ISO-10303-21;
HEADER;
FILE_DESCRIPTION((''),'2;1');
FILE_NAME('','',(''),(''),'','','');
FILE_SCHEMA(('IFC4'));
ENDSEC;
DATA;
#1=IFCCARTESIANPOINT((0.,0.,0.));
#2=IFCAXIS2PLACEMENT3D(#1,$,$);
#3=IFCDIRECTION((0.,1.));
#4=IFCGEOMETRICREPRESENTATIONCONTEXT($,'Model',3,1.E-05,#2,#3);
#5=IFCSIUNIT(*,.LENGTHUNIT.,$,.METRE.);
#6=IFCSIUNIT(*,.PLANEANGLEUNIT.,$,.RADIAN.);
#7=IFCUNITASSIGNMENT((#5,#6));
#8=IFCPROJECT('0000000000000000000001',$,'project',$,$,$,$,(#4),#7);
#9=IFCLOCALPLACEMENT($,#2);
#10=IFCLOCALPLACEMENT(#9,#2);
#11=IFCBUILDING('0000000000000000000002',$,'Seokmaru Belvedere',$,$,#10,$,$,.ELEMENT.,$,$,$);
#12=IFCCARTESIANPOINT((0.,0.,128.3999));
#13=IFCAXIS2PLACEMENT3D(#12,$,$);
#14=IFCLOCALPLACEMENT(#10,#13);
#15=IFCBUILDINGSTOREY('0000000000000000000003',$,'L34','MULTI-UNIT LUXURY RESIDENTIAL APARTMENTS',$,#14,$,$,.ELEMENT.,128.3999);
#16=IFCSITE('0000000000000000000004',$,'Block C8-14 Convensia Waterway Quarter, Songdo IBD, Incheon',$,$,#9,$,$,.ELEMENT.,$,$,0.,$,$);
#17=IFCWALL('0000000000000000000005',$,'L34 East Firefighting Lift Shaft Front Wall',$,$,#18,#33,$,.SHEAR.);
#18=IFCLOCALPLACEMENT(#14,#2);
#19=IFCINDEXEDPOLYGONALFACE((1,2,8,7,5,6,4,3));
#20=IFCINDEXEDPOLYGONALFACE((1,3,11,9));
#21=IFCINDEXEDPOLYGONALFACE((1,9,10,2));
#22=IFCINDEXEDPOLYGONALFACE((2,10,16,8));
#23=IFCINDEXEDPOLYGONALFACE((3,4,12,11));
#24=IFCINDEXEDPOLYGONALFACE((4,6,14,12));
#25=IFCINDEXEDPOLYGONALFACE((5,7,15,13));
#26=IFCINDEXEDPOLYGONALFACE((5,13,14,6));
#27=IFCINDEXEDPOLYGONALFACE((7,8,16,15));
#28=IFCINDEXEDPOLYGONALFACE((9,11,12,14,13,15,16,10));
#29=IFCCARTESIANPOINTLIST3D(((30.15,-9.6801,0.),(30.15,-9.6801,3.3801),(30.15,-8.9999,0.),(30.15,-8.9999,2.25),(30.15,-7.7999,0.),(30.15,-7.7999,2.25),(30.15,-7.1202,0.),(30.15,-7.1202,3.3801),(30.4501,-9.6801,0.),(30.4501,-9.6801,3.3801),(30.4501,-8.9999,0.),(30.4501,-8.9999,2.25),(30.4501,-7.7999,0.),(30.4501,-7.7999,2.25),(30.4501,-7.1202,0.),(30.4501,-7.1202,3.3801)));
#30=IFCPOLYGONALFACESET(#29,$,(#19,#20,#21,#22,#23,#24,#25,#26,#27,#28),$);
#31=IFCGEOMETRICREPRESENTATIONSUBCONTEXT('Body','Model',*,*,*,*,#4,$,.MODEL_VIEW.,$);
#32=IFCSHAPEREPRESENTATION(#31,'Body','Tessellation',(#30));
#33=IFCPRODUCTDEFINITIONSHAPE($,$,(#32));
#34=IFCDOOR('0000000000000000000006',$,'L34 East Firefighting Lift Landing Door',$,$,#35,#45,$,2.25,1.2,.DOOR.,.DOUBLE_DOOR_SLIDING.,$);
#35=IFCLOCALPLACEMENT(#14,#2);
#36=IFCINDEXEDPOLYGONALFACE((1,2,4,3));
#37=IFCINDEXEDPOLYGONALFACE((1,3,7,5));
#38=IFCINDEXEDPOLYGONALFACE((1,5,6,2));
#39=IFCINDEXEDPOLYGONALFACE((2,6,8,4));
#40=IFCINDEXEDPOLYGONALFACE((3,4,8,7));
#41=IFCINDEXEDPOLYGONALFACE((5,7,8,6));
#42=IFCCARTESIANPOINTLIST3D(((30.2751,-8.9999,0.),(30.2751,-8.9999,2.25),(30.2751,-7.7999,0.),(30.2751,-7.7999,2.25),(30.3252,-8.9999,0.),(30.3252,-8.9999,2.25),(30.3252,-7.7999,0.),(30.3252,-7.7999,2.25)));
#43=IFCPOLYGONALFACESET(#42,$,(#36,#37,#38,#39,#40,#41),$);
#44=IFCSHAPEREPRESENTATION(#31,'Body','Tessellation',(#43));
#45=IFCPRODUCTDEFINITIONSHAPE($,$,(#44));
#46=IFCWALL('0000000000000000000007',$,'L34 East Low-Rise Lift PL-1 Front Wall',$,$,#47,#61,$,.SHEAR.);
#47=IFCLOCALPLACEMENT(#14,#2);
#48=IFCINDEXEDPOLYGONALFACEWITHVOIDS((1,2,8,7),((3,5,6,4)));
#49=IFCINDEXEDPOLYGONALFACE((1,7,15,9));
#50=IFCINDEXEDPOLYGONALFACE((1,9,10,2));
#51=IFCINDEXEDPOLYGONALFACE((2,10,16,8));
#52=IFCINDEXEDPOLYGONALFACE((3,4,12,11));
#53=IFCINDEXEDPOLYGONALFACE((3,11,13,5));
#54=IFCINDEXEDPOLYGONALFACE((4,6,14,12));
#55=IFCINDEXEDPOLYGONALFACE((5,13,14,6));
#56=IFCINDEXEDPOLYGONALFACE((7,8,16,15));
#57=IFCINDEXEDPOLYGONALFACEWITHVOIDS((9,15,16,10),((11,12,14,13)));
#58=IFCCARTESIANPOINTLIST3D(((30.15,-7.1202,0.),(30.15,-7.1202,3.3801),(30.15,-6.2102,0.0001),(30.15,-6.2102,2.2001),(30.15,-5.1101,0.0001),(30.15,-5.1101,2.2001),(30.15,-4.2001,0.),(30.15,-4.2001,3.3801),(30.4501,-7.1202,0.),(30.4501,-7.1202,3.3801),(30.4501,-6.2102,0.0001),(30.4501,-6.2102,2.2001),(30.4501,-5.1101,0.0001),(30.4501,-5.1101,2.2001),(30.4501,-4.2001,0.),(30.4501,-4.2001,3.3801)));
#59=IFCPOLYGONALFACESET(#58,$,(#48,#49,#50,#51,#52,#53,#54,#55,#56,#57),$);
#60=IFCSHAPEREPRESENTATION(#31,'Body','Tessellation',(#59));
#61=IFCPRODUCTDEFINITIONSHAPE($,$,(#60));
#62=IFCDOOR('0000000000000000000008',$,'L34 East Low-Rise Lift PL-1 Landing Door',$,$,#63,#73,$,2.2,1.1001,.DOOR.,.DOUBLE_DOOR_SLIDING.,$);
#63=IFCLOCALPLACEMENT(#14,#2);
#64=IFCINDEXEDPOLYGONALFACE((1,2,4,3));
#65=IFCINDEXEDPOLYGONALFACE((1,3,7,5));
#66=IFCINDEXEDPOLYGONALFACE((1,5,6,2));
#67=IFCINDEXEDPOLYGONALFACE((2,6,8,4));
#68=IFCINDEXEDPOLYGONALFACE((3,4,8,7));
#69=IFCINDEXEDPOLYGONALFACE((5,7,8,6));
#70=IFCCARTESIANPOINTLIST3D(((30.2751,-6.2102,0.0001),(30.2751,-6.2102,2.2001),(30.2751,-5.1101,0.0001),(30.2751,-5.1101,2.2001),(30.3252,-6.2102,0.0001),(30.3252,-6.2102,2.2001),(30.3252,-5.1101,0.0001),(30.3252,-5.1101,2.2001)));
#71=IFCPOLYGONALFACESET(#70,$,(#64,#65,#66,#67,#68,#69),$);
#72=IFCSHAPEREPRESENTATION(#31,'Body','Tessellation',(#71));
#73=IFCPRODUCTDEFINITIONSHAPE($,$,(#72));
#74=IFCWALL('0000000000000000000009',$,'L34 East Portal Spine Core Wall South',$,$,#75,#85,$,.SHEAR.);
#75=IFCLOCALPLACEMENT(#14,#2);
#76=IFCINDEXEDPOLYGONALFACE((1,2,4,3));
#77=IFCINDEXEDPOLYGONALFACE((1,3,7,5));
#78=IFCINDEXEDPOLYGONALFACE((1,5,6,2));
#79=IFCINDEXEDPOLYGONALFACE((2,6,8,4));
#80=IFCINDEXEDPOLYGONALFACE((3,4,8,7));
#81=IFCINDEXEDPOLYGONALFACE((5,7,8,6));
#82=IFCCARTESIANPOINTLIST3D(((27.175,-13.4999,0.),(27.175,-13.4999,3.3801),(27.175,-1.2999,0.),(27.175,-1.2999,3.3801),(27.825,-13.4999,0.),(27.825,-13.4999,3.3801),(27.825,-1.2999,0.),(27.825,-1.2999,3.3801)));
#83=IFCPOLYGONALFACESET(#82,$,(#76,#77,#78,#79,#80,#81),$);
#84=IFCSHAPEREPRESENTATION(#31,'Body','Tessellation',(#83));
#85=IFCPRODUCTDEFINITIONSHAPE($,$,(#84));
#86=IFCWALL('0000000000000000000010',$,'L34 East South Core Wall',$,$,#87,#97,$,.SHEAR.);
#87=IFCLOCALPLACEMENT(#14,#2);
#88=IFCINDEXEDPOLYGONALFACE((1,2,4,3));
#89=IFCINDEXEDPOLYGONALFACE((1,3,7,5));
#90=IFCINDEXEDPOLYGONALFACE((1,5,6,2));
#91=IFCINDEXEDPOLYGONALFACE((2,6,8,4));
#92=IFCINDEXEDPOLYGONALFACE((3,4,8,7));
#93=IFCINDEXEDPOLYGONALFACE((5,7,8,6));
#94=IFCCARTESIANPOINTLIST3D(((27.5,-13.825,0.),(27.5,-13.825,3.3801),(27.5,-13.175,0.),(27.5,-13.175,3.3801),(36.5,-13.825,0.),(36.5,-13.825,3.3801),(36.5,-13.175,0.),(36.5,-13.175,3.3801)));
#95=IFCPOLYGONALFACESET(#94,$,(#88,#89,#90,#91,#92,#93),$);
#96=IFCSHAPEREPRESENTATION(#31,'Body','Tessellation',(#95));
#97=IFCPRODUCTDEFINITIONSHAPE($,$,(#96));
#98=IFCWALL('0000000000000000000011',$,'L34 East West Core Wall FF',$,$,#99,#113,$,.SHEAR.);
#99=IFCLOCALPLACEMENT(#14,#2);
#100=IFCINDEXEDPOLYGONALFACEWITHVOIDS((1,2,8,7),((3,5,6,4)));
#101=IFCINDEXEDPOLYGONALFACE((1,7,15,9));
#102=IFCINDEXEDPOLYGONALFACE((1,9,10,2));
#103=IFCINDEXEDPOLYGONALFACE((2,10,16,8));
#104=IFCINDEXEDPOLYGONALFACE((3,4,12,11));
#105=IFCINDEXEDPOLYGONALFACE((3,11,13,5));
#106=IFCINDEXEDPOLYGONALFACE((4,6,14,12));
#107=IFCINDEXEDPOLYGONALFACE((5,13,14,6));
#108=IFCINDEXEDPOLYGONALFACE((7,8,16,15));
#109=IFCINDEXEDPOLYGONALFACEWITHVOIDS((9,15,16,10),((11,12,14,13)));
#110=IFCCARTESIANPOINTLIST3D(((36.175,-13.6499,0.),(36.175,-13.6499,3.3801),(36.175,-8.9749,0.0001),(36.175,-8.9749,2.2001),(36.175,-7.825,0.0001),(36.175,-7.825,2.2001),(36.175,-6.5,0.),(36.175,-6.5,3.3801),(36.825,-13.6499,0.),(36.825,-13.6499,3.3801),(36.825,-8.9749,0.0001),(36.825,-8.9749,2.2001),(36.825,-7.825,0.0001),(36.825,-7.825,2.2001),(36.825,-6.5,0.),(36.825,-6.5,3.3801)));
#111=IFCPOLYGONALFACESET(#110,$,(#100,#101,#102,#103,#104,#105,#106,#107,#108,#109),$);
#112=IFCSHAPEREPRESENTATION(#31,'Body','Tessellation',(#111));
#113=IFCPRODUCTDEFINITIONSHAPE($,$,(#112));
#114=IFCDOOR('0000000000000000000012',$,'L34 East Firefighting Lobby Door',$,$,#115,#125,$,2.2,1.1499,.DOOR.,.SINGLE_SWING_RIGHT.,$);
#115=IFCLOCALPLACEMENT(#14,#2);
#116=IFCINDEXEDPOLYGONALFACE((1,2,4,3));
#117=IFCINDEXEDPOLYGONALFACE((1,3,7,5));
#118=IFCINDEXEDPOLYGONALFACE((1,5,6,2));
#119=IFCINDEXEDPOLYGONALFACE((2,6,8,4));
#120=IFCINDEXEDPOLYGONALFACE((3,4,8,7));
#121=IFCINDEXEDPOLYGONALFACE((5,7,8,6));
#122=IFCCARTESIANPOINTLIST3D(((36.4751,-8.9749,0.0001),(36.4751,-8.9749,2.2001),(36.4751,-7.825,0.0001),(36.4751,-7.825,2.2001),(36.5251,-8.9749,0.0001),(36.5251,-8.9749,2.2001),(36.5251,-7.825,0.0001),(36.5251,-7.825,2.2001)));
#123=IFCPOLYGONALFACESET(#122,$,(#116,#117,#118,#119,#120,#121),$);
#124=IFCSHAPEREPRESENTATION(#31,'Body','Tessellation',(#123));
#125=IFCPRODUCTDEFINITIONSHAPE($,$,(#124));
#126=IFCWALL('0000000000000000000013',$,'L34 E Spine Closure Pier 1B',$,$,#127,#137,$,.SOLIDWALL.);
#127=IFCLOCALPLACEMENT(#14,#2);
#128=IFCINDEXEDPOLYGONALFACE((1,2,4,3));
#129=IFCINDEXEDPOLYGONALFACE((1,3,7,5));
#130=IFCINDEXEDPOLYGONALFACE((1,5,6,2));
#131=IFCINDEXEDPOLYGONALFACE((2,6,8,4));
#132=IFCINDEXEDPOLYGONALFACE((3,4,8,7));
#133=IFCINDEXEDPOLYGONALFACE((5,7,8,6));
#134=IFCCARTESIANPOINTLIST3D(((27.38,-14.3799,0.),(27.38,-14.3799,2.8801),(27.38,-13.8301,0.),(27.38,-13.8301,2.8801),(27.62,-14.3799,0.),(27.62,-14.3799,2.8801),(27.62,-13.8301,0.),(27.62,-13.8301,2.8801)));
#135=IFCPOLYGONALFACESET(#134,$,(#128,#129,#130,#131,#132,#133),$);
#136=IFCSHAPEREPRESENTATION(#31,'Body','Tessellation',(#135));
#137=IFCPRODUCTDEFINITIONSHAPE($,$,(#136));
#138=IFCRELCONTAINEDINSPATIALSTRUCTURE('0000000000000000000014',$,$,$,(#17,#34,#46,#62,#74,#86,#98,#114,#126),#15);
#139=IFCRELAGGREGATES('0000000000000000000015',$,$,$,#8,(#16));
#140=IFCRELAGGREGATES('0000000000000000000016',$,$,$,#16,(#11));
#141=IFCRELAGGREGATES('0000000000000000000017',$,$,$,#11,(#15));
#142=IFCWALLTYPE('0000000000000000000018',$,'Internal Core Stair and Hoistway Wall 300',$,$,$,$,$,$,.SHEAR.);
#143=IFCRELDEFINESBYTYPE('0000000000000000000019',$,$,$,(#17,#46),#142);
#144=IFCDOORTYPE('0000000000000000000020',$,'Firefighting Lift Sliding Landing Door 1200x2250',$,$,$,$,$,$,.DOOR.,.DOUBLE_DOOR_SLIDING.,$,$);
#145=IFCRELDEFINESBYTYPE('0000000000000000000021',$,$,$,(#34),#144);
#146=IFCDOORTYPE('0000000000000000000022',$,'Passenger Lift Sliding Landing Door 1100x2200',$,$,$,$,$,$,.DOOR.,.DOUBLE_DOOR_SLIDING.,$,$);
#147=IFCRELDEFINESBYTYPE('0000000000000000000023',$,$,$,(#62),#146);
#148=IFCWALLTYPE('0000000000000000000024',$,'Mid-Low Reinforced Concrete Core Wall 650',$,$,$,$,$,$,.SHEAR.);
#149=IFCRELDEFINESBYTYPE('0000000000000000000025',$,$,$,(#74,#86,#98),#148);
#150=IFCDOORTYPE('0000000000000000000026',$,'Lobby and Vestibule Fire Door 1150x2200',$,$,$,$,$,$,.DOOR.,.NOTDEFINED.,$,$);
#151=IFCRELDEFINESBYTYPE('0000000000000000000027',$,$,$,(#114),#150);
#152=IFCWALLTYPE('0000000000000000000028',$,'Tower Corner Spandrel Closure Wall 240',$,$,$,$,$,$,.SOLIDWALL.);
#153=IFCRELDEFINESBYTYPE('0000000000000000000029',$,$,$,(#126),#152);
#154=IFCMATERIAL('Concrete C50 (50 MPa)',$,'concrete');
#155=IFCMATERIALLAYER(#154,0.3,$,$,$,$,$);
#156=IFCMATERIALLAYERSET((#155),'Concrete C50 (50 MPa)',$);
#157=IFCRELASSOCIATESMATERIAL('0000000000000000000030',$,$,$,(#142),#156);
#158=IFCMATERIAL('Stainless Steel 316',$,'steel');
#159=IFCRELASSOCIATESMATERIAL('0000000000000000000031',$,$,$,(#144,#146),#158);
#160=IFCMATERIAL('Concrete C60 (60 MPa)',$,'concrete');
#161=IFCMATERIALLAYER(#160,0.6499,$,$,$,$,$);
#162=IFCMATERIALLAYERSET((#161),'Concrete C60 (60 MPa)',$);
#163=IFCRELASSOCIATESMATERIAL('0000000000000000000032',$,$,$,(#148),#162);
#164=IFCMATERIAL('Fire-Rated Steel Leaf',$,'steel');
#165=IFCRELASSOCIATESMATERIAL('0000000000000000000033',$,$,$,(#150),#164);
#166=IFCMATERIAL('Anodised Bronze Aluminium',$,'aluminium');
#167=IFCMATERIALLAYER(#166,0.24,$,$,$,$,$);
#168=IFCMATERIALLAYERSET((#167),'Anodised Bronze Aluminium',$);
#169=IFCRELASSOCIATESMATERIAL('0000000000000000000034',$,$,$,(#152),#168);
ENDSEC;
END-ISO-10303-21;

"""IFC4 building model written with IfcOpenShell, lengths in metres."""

from ifc_helpers import new_model, si_unit, direction, frame, frame_2d, origin, place, context, subcontext, project, spatial, rectangle, extrude, source, transform, mapped, material, layer, layer_set, type_object, type_shapes, element, fill, save


model = new_model("IFC4")

# Units and contexts
model_context = context("Model", 3, precision=1e-05, world=origin(), true_north=direction((0.0, 1.0)))
body_context = subcontext(model_context, "Body", "Model", "MODEL_VIEW")
ifc_project = project(units=[si_unit("LENGTHUNIT", "METRE"), si_unit("PLANEANGLEUNIT", "RADIAN")], contexts=[model_context])

# Site, building, storey
site_placement = place(None, origin())
site = spatial("IfcSite", under=ifc_project, at=site_placement, Name="Block C8-14 Convensia Waterway Quarter, Songdo IBD, Incheon", CompositionType="ELEMENT", RefElevation=0.0)
building_placement = place(site_placement, origin())
building = spatial("IfcBuilding", under=site, at=building_placement, Name="Seokmaru Belvedere", CompositionType="ELEMENT")
storey_placement = place(building_placement, frame((0.0, 0.0, 128.3999)))
storey = spatial("IfcBuildingStorey", under=building, at=storey_placement, Name="L34", Description="MULTI-UNIT LUXURY RESIDENTIAL APARTMENTS", CompositionType="ELEMENT", Elevation=128.3999)

# Shared definitions
ifc_material_1 = material(Name="Anodised Bronze Aluminium", Category="aluminium")

# Shared definitions
ifc_material_2 = material(Name="Concrete C50 (50 MPa)", Category="concrete")

# Walls, openings, doors
ifc_layer_1 = layer(ifc_material_2, 0.3)
ifc_layer_set_1 = layer_set([ifc_layer_1], Name="Concrete C50 (50 MPa)")
wall_type_1 = type_object("IfcWallType", Name="Internal Core Stair and Hoistway Wall 300", PredefinedType="SHEAR", material=ifc_layer_set_1)
ifc_material_3 = material(Name="Fire-Rated Steel Leaf", Category="steel")
wall_1_placement = place(storey_placement, frame((30.3, -9.6799, 0.0), z_axis=(0.0, 0.0, 1.0), x_axis=(0.0, 1.0, 0.0)))
wall_1 = element("IfcWall", 1, at=wall_1_placement, inside=storey, type_object=wall_type_1, Name="L34 East Firefighting Lift Shaft Front Wall", PredefinedType="SHEAR", context=body_context, shape_type="SweptSolid", body=[
    extrude(rectangle(XDim=2.5598, YDim=0.3, at=frame_2d((1.2798, 0.0))), origin(), (0.0, 0.0, 1.0), 3.3801),
])
opening_1_placement = place(wall_1_placement, frame((0.6799, 0.0, 0.0)))
opening_1 = element("IfcOpeningElement", 2, at=opening_1_placement, cuts=wall_1, PredefinedType="OPENING", context=body_context, shape_type="SweptSolid", body=[
    extrude(rectangle(XDim=1.2, YDim=2.25, at=frame_2d((0.6001, 1.125))), frame((0.0, 0.1602, 0.0), z_axis=(0.0, -1.0, 0.0), x_axis=(1.0, 0.0, 0.0)), (0.0, 0.0, 1.0), 0.3201),
])
ifc_material_4 = material(Name="Stainless Steel 316", Category="steel")
door_type_1 = type_object("IfcDoorType", Name="Firefighting Lift Sliding Landing Door 1200x2250", OperationType="DOUBLE_DOOR_SLIDING", PredefinedType="DOOR", material=ifc_material_4)
shared_shape_1 = source(origin(), body_context, "Body", "SweptSolid", [
    extrude(rectangle(XDim=1.2, YDim=2.25, at=frame_2d((0.6001, 1.125))), frame((0.0, 0.0249, 0.0), z_axis=(0.0, -1.0, 0.0), x_axis=(1.0, 0.0, 0.0)), (0.0, 0.0, 1.0), 0.05),
])
type_shapes(door_type_1, [shared_shape_1])
door_1_placement = place(opening_1_placement, origin())
door_1 = element("IfcDoor", 3, at=door_1_placement, inside=storey, type_object=door_type_1, Name="L34 East Firefighting Lift Landing Door", OperationType="DOUBLE_DOOR_SLIDING", OverallHeight=2.25, OverallWidth=1.2, PredefinedType="DOOR", context=body_context, shape_type="MappedRepresentation", body=[
    mapped(shared_shape_1, transform((0.0, 0.0, 0.0), scale=1.0)),
])
fill(opening_1, door_1)
wall_2_placement = place(storey_placement, frame((30.3, -7.1201, 0.0), z_axis=(0.0, 0.0, 1.0), x_axis=(0.0, 1.0, 0.0)))
wall_2 = element("IfcWall", 4, at=wall_2_placement, inside=storey, type_object=wall_type_1, Name="L34 East Low-Rise Lift PL-1 Front Wall", PredefinedType="SHEAR", context=body_context, shape_type="SweptSolid", body=[
    extrude(rectangle(XDim=2.9202, YDim=0.3, at=frame_2d((1.46, 0.0))), origin(), (0.0, 0.0, 1.0), 3.3801),
])
opening_2_placement = place(wall_2_placement, frame((0.9099, 0.0, 0.0)))
opening_2 = element("IfcOpeningElement", 5, at=opening_2_placement, cuts=wall_2, PredefinedType="OPENING", context=body_context, shape_type="SweptSolid", body=[
    extrude(rectangle(XDim=1.1001, YDim=2.2, at=frame_2d((0.55, 1.1001))), frame((0.0, 0.1602, 0.0), z_axis=(0.0, -1.0, 0.0), x_axis=(1.0, 0.0, 0.0)), (0.0, 0.0, 1.0), 0.3201),
])
door_type_2 = type_object("IfcDoorType", Name="Passenger Lift Sliding Landing Door 1100x2200", OperationType="DOUBLE_DOOR_SLIDING", PredefinedType="DOOR", material=ifc_material_4)
shared_shape_2 = source(origin(), body_context, "Body", "SweptSolid", [
    extrude(rectangle(XDim=1.1001, YDim=2.2, at=frame_2d((0.55, 1.1001))), frame((0.0, 0.0249, 0.0), z_axis=(0.0, -1.0, 0.0), x_axis=(1.0, 0.0, 0.0)), (0.0, 0.0, 1.0), 0.05),
])
type_shapes(door_type_2, [shared_shape_2])
door_2_placement = place(opening_2_placement, origin())
door_2 = element("IfcDoor", 6, at=door_2_placement, inside=storey, type_object=door_type_2, Name="L34 East Low-Rise Lift PL-1 Landing Door", OperationType="DOUBLE_DOOR_SLIDING", OverallHeight=2.2, OverallWidth=1.1001, PredefinedType="DOOR", context=body_context, shape_type="MappedRepresentation", body=[
    mapped(shared_shape_2, transform((0.0, 0.0, 0.0), scale=1.0)),
])
fill(opening_2, door_2)

# Walls
ifc_material_5 = material(Name="Concrete C60 (60 MPa)", Category="concrete")
ifc_layer_2 = layer(ifc_material_5, 0.6499)
ifc_layer_set_2 = layer_set([ifc_layer_2], Name="Concrete C60 (60 MPa)")
wall_type_2 = type_object("IfcWallType", Name="Mid-Low Reinforced Concrete Core Wall 650", PredefinedType="SHEAR", material=ifc_layer_set_2)
wall_3_placement = place(storey_placement, frame((27.5, -13.5, 0.0), z_axis=(0.0, 0.0, 1.0), x_axis=(0.0, 1.0, 0.0)))
element("IfcWall", 7, at=wall_3_placement, inside=storey, type_object=wall_type_2, Name="L34 East Portal Spine Core Wall South", PredefinedType="SHEAR", context=body_context, shape_type="SweptSolid", body=[
    extrude(rectangle(XDim=12.2, YDim=0.6499, at=frame_2d((6.1001, 0.0))), origin(), (0.0, 0.0, 1.0), 3.3801),
])
wall_4_placement = place(storey_placement, frame((27.5, -13.5, 0.0), z_axis=(0.0, 0.0, 1.0), x_axis=(1.0, 0.0, 0.0)))
element("IfcWall", 8, at=wall_4_placement, inside=storey, type_object=wall_type_2, Name="L34 East South Core Wall", PredefinedType="SHEAR", context=body_context, shape_type="SweptSolid", body=[
    extrude(rectangle(XDim=9.0, YDim=0.6499, at=frame_2d((4.5, 0.0))), origin(), (0.0, 0.0, 1.0), 3.3801),
])

# Wall, opening, door
wall_5_placement = place(storey_placement, frame((36.5, -13.6499, 0.0), z_axis=(0.0, 0.0, 1.0), x_axis=(0.0, 1.0, 0.0)))
wall_5 = element("IfcWall", 9, at=wall_5_placement, inside=storey, type_object=wall_type_2, Name="L34 East West Core Wall FF", PredefinedType="SHEAR", context=body_context, shape_type="SweptSolid", body=[
    extrude(rectangle(XDim=7.1499, YDim=0.6499, at=frame_2d((3.575, 0.0))), origin(), (0.0, 0.0, 1.0), 3.3801),
])
opening_3_placement = place(wall_5_placement, frame((4.675, 0.0, 0.0)))
opening_3 = element("IfcOpeningElement", 10, at=opening_3_placement, cuts=wall_5, PredefinedType="OPENING", context=body_context, shape_type="SweptSolid", body=[
    extrude(rectangle(XDim=1.1499, YDim=2.2, at=frame_2d((0.575, 1.1001))), frame((0.0, 0.335, 0.0), z_axis=(0.0, -1.0, 0.0), x_axis=(1.0, 0.0, 0.0)), (0.0, 0.0, 1.0), 0.6699),
])
door_type_3 = type_object("IfcDoorType", Name="Lobby and Vestibule Fire Door 1150x2200", OperationType="NOTDEFINED", PredefinedType="DOOR", material=ifc_material_3)
shared_shape_3 = source(origin(), body_context, "Body", "SweptSolid", [
    extrude(rectangle(XDim=1.1499, YDim=2.2, at=frame_2d((0.575, 1.1001))), frame((0.0, 0.0249, 0.0), z_axis=(0.0, -1.0, 0.0), x_axis=(1.0, 0.0, 0.0)), (0.0, 0.0, 1.0), 0.05),
])
type_shapes(door_type_3, [shared_shape_3])
door_3_placement = place(opening_3_placement, origin())
door_3 = element("IfcDoor", 11, at=door_3_placement, inside=storey, type_object=door_type_3, Name="L34 East Firefighting Lobby Door", OperationType="SINGLE_SWING_RIGHT", OverallHeight=2.2, OverallWidth=1.1499, PredefinedType="DOOR", context=body_context, shape_type="MappedRepresentation", body=[
    mapped(shared_shape_3, transform((0.0, 0.0, 0.0), scale=1.0)),
])
fill(opening_3, door_3)

# Wall
ifc_layer_3 = layer(ifc_material_1, 0.24)
ifc_layer_set_3 = layer_set([ifc_layer_3], Name="Anodised Bronze Aluminium")
wall_type_3 = type_object("IfcWallType", Name="Tower Corner Spandrel Closure Wall 240", PredefinedType="SOLIDWALL", material=ifc_layer_set_3)
wall_6_placement = place(storey_placement, frame((27.5, -14.3799, 0.0), z_axis=(0.0, 0.0, 1.0), x_axis=(0.0, 1.0, 0.0)))
element("IfcWall", 12, at=wall_6_placement, inside=storey, type_object=wall_type_3, Name="L34 E Spine Closure Pier 1B", PredefinedType="SOLIDWALL", context=body_context, shape_type="SweptSolid", body=[
    extrude(rectangle(XDim=0.5498, YDim=0.24, at=frame_2d((0.2749, 0.0))), origin(), (0.0, 0.0, 1.0), 2.8801),
])

save(model, "model.ifc")
